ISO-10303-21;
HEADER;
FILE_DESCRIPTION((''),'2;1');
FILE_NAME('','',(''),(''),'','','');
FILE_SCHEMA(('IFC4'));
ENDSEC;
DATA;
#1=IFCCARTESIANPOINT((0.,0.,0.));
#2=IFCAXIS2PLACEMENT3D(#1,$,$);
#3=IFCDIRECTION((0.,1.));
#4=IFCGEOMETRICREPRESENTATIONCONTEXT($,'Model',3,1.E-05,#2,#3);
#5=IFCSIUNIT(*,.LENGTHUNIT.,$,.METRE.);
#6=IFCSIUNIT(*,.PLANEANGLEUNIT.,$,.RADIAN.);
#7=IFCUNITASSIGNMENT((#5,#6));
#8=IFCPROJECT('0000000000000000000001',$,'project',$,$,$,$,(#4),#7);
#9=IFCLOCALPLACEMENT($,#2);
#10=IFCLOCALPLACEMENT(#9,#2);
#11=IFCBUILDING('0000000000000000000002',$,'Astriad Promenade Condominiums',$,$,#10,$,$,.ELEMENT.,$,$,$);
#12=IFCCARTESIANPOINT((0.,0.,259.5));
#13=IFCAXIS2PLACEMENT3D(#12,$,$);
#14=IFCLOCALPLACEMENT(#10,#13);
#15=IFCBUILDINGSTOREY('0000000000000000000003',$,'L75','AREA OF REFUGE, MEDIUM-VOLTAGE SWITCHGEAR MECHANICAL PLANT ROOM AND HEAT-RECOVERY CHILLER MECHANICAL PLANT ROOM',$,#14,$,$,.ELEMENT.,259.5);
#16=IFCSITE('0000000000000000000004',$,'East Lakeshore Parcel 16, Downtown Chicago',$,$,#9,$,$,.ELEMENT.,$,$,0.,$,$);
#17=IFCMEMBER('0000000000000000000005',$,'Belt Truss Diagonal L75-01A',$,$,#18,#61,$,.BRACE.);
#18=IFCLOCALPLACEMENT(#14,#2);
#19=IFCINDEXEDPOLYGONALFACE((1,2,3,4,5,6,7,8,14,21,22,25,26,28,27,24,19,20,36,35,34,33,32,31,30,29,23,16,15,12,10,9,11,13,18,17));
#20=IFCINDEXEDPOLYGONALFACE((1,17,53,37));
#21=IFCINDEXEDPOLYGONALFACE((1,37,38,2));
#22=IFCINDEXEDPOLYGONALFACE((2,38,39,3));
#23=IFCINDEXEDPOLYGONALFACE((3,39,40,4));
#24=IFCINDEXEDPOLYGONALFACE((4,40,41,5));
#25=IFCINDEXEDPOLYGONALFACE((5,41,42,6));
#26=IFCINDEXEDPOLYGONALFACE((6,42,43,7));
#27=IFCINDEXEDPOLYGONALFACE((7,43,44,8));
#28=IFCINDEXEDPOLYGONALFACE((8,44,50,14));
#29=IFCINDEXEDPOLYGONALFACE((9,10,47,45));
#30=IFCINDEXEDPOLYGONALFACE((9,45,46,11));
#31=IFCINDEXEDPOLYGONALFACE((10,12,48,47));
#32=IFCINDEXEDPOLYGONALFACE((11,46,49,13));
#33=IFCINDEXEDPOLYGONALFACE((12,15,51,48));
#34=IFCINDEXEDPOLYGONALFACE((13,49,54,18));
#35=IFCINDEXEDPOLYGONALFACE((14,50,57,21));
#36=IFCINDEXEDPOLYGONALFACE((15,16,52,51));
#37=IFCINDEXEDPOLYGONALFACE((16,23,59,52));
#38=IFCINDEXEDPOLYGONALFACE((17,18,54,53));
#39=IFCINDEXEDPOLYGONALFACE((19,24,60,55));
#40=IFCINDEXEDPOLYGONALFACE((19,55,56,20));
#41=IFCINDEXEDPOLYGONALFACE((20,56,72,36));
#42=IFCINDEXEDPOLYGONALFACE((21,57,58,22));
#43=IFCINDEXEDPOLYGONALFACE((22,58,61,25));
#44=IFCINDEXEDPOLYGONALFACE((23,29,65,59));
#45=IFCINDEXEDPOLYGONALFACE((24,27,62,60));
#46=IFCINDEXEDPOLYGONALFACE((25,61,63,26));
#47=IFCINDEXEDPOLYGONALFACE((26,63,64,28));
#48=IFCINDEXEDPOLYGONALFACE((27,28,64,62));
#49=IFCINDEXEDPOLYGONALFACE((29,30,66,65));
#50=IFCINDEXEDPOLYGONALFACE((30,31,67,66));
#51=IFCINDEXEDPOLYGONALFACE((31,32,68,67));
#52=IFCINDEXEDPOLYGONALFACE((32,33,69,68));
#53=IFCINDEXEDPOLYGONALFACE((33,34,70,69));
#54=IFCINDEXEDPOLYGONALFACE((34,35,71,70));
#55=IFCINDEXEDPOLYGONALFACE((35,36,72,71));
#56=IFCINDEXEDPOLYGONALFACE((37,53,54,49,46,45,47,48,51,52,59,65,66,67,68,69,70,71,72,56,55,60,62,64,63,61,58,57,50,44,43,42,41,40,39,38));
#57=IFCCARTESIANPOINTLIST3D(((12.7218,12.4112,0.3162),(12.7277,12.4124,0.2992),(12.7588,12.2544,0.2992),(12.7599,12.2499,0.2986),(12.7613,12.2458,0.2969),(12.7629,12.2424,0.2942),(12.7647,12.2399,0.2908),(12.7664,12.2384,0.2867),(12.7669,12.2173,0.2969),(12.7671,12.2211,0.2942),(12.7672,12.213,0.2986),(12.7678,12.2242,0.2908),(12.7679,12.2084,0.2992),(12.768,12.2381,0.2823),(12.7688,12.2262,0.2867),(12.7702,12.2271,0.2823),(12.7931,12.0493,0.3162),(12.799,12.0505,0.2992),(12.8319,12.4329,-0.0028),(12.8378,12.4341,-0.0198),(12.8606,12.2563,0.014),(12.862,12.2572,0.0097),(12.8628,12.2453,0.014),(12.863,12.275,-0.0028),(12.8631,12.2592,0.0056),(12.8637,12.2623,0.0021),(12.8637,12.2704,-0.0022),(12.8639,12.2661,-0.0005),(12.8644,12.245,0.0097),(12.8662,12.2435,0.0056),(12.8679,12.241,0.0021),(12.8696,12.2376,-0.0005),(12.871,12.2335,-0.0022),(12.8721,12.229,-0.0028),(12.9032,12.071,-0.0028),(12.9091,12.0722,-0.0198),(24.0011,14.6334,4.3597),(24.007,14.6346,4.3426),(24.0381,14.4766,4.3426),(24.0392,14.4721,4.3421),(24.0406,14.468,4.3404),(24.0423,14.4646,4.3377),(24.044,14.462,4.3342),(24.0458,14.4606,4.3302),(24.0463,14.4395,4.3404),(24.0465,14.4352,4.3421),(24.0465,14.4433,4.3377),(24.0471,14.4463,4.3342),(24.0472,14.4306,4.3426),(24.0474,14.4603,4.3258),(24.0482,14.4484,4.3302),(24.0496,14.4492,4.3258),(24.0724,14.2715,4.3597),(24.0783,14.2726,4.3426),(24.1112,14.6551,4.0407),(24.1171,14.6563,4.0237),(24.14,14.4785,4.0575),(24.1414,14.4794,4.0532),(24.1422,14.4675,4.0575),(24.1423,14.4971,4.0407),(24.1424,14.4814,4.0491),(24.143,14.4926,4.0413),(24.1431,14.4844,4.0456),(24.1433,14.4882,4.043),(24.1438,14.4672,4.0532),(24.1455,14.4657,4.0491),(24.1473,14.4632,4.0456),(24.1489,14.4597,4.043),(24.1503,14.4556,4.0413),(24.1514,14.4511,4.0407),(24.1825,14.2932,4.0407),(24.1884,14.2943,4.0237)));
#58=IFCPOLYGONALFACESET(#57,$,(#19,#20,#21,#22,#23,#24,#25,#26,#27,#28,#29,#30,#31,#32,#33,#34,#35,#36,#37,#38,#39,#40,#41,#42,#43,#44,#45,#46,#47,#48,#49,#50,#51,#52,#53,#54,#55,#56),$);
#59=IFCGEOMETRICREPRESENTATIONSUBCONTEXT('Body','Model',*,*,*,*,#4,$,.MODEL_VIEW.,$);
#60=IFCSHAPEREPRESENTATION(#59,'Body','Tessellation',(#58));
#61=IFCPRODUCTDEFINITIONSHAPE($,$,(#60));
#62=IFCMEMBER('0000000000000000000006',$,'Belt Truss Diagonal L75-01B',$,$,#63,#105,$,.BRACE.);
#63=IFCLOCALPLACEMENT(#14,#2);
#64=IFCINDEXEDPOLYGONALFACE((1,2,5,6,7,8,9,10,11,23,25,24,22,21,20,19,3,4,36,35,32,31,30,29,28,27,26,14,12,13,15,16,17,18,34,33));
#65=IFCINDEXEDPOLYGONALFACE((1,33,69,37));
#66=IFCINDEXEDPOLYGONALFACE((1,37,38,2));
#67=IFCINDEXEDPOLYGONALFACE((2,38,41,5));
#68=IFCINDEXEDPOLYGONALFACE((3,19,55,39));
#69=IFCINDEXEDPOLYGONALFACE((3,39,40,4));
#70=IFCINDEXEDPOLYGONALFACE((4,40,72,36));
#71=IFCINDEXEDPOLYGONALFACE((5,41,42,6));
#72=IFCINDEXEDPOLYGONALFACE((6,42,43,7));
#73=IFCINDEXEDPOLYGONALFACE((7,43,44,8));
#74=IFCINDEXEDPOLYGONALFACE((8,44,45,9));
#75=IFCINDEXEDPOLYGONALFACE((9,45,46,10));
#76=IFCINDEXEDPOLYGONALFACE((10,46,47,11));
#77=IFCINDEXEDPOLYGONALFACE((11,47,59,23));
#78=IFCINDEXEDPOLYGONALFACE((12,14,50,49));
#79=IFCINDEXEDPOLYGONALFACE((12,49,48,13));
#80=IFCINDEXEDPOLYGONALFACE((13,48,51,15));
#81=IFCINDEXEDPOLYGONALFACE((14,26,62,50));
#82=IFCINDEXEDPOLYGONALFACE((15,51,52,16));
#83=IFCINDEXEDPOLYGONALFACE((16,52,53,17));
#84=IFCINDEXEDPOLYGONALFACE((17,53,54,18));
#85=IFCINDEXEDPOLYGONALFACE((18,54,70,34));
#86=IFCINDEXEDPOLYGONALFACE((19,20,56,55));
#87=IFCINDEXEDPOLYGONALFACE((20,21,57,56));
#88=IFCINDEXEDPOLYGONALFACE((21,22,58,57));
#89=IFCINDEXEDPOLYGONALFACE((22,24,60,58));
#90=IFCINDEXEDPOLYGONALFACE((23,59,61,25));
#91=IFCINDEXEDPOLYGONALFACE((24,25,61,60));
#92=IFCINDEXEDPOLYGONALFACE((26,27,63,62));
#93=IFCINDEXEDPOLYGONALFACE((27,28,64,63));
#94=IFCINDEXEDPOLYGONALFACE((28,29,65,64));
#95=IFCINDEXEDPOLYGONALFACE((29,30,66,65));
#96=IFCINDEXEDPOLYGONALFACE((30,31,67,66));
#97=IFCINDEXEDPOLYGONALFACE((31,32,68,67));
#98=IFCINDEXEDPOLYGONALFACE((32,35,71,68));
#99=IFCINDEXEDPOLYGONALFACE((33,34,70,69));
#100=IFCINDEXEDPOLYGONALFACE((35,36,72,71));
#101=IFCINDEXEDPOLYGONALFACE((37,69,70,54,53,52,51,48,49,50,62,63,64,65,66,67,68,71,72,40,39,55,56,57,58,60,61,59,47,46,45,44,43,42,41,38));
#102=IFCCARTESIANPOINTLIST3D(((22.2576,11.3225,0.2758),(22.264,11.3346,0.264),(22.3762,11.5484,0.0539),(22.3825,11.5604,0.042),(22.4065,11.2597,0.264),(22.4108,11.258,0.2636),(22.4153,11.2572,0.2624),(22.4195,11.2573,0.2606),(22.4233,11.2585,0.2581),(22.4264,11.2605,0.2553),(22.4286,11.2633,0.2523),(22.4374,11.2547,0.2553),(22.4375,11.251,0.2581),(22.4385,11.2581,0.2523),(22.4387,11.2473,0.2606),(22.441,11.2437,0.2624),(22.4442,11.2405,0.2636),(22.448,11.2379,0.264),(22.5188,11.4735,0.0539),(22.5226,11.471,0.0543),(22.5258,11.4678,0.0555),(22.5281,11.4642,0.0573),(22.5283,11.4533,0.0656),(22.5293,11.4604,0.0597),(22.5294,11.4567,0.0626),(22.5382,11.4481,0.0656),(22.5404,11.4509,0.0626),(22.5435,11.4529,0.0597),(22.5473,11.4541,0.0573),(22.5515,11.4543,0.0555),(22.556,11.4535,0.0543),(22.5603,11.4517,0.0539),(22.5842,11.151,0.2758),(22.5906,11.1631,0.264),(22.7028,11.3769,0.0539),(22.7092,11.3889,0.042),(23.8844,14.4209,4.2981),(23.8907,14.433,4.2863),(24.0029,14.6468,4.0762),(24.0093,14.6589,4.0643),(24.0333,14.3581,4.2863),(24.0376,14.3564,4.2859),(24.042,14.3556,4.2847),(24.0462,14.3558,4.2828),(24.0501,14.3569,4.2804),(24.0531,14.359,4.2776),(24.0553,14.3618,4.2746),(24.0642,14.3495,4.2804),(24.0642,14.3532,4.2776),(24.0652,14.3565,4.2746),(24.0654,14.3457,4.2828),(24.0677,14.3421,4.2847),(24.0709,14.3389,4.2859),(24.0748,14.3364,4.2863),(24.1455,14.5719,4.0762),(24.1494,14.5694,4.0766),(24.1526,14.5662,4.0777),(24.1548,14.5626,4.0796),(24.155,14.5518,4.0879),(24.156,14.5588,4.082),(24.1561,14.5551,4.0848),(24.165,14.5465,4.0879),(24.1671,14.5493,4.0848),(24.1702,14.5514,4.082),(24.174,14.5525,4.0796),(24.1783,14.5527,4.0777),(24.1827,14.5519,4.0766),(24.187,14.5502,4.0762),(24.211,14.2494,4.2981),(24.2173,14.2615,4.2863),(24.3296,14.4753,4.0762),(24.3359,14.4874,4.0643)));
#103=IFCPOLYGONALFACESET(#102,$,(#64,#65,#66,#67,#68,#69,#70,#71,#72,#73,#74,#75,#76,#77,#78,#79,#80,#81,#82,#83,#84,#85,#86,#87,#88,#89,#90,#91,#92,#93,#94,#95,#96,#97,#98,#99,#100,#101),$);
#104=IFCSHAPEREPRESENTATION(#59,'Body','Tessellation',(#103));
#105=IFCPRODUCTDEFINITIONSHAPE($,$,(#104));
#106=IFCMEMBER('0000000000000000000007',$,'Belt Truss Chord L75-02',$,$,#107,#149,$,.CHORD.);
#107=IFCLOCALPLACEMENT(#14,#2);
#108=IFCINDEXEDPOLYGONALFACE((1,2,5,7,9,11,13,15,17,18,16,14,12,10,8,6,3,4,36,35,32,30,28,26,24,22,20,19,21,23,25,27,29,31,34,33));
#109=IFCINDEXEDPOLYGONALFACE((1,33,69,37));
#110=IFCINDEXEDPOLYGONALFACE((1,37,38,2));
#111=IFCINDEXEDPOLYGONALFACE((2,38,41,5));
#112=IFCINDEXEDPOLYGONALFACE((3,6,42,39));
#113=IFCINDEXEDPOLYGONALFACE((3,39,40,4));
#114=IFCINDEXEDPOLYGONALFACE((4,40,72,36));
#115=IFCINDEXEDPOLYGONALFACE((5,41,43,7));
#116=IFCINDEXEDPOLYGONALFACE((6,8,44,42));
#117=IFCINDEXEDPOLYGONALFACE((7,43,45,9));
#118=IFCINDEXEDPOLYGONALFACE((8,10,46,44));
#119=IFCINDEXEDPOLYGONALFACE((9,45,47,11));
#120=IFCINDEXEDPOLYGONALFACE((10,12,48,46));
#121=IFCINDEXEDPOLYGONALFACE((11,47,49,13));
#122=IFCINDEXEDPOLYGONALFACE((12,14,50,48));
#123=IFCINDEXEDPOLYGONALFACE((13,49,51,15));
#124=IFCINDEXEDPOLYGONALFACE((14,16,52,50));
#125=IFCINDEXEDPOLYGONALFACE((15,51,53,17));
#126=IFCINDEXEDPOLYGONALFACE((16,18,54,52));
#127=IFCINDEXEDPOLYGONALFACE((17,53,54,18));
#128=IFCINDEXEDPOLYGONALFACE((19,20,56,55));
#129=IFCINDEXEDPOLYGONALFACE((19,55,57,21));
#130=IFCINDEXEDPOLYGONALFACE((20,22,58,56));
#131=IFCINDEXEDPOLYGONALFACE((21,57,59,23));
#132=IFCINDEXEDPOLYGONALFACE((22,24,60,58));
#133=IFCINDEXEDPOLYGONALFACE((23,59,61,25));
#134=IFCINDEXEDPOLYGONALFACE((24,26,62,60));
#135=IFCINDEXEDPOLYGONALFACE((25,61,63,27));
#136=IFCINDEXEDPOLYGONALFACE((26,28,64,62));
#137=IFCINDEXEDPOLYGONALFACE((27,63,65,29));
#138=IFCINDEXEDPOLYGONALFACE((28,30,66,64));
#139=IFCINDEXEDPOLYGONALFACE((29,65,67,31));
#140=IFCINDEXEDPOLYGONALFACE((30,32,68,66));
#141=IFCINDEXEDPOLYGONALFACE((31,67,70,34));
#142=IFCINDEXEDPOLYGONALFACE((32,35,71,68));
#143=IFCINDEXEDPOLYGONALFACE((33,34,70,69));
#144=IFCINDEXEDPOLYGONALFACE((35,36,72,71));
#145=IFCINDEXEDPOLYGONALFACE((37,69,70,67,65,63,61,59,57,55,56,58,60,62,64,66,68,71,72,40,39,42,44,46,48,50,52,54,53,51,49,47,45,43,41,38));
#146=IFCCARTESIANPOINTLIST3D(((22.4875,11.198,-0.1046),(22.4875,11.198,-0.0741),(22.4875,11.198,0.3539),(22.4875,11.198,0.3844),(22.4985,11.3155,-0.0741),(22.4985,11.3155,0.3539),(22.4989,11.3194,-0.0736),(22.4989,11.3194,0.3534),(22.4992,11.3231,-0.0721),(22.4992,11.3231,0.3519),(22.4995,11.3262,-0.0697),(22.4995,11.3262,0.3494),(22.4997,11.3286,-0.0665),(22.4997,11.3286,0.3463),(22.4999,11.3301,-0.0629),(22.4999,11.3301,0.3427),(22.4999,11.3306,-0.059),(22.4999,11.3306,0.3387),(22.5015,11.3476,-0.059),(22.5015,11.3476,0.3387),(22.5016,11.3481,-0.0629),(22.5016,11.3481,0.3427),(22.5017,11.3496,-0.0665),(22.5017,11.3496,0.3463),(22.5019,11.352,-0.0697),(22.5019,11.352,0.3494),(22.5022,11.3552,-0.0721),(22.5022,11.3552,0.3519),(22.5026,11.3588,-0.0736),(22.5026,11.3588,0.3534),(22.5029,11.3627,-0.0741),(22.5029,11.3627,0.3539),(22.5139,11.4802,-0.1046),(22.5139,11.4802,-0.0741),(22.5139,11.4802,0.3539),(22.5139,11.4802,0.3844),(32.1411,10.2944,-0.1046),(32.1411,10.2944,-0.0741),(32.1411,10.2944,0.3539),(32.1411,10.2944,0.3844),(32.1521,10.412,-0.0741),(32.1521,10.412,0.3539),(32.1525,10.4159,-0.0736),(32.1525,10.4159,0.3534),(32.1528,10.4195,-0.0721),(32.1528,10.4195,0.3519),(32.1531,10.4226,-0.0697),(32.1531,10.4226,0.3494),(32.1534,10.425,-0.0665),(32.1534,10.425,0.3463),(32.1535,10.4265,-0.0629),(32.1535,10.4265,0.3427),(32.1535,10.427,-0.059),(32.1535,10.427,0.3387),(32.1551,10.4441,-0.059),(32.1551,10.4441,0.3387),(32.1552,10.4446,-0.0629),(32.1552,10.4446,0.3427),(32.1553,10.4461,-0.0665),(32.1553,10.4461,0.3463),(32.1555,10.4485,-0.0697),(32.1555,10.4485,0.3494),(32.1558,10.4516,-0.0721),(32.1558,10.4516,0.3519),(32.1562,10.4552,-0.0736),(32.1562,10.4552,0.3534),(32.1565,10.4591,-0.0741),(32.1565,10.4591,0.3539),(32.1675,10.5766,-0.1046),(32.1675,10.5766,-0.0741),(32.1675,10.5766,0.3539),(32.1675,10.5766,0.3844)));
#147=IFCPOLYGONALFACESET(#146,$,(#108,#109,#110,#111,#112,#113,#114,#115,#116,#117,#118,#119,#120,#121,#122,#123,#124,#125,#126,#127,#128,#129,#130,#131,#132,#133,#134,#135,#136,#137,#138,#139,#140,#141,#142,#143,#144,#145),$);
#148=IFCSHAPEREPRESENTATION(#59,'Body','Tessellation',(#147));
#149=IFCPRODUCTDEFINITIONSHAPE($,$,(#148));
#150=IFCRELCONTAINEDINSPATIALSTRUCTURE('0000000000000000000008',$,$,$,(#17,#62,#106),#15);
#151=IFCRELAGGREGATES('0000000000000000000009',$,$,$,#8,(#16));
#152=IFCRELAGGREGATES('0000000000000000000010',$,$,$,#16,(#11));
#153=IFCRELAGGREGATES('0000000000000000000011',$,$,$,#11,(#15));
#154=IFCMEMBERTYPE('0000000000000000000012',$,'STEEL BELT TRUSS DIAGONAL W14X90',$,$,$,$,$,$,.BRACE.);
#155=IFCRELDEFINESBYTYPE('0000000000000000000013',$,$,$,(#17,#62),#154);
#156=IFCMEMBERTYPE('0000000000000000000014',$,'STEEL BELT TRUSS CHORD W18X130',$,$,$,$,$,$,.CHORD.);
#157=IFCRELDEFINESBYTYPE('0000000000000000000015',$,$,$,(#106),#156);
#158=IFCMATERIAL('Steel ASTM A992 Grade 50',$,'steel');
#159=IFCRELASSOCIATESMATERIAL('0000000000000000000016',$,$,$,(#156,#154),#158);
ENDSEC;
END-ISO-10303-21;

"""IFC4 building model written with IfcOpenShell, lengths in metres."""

from ifc_helpers import new_model, si_unit, direction, frame, origin, origin_2d, place, context, subcontext, project, spatial, i_section, extrude, source, transform, mapped, material, material_profile, profile_set, type_object, element, save


model = new_model("IFC4")

# Units and contexts
model_context = context("Model", 3, precision=1e-05, world=origin(), true_north=direction((0.0, 1.0)))
body_context = subcontext(model_context, "Body", "Model", "MODEL_VIEW")
ifc_project = project(units=[si_unit("LENGTHUNIT", "METRE"), si_unit("PLANEANGLEUNIT", "RADIAN")], contexts=[model_context])

# Site, building, storey
site_placement = place(None, origin())
site = spatial("IfcSite", under=ifc_project, at=site_placement, Name="East Lakeshore Parcel 16, Downtown Chicago", CompositionType="ELEMENT", RefElevation=0.0)
building_placement = place(site_placement, origin())
building = spatial("IfcBuilding", under=site, at=building_placement, Name="Astriad Promenade Condominiums", CompositionType="ELEMENT")
storey_placement = place(building_placement, frame((0.0, 0.0, 259.5)))
storey = spatial("IfcBuildingStorey", under=building, at=storey_placement, Name="L75", Description="AREA OF REFUGE, MEDIUM-VOLTAGE SWITCHGEAR MECHANICAL PLANT ROOM AND HEAT-RECOVERY CHILLER MECHANICAL PLANT ROOM", CompositionType="ELEMENT", Elevation=259.5)

# Shared definitions
ifc_material_1 = material(Name="Steel ASTM A992 Grade 50", Category="steel")

# Members
ifc_material_profile_1 = material_profile(ifc_material_1, i_section(OverallWidth=0.2834, OverallDepth=0.489, WebThickness=0.0171, FlangeThickness=0.0305, FilletRadius=0.0151, at=origin_2d()), Name="W18X130")
ifc_profile_set_1 = profile_set([ifc_material_profile_1], Name="Steel ASTM A992 Grade 50")
member_type_1 = type_object("IfcMemberType", Name="STEEL BELT TRUSS CHORD W18X130", PredefinedType="CHORD", material=ifc_profile_set_1)
ifc_material_profile_2 = material_profile(ifc_material_1, i_section(OverallWidth=0.3689, OverallDepth=0.3562, WebThickness=0.0112, FlangeThickness=0.0181, FilletRadius=0.0178, at=origin_2d()), Name="W14X90")
ifc_profile_set_2 = profile_set([ifc_material_profile_2], Name="Steel ASTM A992 Grade 50")
member_type_2 = type_object("IfcMemberType", Name="STEEL BELT TRUSS DIAGONAL W14X90", PredefinedType="BRACE", material=ifc_profile_set_2)
shared_shape_1 = source(origin(), body_context, "Body", "SweptSolid", [
    extrude(i_section(OverallWidth=0.3689, OverallDepth=0.3562, WebThickness=0.0112, FlangeThickness=0.0181, FilletRadius=0.0178, at=origin_2d()), origin(), (0.0, 0.0, 1.0), 12.1865),
])
member_1_placement = place(storey_placement, frame((12.8154, 12.2417, 0.1482), z_axis=(0.925559, 0.182347, 0.331799), x_axis=(-0.193297, 0.98114, 0.0)))
element("IfcMember", 1, at=member_1_placement, inside=storey, type_object=member_type_2, Name="Belt Truss Diagonal L75-01A", PredefinedType="BRACE", context=body_context, shape_type="MappedRepresentation", body=[
    mapped(shared_shape_1, transform((0.0, 0.0, 0.0), scale=1.0)),
])
shared_shape_2 = source(origin(), body_context, "Body", "SweptSolid", [
    extrude(i_section(OverallWidth=0.3689, OverallDepth=0.3562, WebThickness=0.0112, FlangeThickness=0.0181, FilletRadius=0.0178, at=origin_2d()), origin(), (0.0, 0.0, 1.0), 5.3315),
])
member_2_placement = place(storey_placement, frame((22.4834, 11.3557, 0.1589), z_axis=(0.305115, 0.581152, 0.754431), x_axis=(-0.885391, 0.464846, 0.0)))
element("IfcMember", 2, at=member_2_placement, inside=storey, type_object=member_type_2, Name="Belt Truss Diagonal L75-01B", PredefinedType="BRACE", context=body_context, shape_type="MappedRepresentation", body=[
    mapped(shared_shape_2, transform((0.0, 0.0, 0.0), scale=1.0)),
])
shared_shape_3 = source(origin(), body_context, "Body", "SweptSolid", [
    extrude(i_section(OverallWidth=0.2834, OverallDepth=0.489, WebThickness=0.0171, FlangeThickness=0.0305, FilletRadius=0.0151, at=origin_2d()), origin(), (0.0, 0.0, 1.0), 9.6958),
])
member_3_placement = place(storey_placement, frame((22.5007, 11.3391, 0.1399), z_axis=(0.995648, -0.093192, 0.0), x_axis=(0.093192, 0.995648, 0.0)))
element("IfcMember", 3, at=member_3_placement, inside=storey, type_object=member_type_1, Name="Belt Truss Chord L75-02", PredefinedType="CHORD", context=body_context, shape_type="MappedRepresentation", body=[
    mapped(shared_shape_3, transform((0.0, 0.0, 0.0), scale=1.0)),
])

save(model, "model.ifc")
